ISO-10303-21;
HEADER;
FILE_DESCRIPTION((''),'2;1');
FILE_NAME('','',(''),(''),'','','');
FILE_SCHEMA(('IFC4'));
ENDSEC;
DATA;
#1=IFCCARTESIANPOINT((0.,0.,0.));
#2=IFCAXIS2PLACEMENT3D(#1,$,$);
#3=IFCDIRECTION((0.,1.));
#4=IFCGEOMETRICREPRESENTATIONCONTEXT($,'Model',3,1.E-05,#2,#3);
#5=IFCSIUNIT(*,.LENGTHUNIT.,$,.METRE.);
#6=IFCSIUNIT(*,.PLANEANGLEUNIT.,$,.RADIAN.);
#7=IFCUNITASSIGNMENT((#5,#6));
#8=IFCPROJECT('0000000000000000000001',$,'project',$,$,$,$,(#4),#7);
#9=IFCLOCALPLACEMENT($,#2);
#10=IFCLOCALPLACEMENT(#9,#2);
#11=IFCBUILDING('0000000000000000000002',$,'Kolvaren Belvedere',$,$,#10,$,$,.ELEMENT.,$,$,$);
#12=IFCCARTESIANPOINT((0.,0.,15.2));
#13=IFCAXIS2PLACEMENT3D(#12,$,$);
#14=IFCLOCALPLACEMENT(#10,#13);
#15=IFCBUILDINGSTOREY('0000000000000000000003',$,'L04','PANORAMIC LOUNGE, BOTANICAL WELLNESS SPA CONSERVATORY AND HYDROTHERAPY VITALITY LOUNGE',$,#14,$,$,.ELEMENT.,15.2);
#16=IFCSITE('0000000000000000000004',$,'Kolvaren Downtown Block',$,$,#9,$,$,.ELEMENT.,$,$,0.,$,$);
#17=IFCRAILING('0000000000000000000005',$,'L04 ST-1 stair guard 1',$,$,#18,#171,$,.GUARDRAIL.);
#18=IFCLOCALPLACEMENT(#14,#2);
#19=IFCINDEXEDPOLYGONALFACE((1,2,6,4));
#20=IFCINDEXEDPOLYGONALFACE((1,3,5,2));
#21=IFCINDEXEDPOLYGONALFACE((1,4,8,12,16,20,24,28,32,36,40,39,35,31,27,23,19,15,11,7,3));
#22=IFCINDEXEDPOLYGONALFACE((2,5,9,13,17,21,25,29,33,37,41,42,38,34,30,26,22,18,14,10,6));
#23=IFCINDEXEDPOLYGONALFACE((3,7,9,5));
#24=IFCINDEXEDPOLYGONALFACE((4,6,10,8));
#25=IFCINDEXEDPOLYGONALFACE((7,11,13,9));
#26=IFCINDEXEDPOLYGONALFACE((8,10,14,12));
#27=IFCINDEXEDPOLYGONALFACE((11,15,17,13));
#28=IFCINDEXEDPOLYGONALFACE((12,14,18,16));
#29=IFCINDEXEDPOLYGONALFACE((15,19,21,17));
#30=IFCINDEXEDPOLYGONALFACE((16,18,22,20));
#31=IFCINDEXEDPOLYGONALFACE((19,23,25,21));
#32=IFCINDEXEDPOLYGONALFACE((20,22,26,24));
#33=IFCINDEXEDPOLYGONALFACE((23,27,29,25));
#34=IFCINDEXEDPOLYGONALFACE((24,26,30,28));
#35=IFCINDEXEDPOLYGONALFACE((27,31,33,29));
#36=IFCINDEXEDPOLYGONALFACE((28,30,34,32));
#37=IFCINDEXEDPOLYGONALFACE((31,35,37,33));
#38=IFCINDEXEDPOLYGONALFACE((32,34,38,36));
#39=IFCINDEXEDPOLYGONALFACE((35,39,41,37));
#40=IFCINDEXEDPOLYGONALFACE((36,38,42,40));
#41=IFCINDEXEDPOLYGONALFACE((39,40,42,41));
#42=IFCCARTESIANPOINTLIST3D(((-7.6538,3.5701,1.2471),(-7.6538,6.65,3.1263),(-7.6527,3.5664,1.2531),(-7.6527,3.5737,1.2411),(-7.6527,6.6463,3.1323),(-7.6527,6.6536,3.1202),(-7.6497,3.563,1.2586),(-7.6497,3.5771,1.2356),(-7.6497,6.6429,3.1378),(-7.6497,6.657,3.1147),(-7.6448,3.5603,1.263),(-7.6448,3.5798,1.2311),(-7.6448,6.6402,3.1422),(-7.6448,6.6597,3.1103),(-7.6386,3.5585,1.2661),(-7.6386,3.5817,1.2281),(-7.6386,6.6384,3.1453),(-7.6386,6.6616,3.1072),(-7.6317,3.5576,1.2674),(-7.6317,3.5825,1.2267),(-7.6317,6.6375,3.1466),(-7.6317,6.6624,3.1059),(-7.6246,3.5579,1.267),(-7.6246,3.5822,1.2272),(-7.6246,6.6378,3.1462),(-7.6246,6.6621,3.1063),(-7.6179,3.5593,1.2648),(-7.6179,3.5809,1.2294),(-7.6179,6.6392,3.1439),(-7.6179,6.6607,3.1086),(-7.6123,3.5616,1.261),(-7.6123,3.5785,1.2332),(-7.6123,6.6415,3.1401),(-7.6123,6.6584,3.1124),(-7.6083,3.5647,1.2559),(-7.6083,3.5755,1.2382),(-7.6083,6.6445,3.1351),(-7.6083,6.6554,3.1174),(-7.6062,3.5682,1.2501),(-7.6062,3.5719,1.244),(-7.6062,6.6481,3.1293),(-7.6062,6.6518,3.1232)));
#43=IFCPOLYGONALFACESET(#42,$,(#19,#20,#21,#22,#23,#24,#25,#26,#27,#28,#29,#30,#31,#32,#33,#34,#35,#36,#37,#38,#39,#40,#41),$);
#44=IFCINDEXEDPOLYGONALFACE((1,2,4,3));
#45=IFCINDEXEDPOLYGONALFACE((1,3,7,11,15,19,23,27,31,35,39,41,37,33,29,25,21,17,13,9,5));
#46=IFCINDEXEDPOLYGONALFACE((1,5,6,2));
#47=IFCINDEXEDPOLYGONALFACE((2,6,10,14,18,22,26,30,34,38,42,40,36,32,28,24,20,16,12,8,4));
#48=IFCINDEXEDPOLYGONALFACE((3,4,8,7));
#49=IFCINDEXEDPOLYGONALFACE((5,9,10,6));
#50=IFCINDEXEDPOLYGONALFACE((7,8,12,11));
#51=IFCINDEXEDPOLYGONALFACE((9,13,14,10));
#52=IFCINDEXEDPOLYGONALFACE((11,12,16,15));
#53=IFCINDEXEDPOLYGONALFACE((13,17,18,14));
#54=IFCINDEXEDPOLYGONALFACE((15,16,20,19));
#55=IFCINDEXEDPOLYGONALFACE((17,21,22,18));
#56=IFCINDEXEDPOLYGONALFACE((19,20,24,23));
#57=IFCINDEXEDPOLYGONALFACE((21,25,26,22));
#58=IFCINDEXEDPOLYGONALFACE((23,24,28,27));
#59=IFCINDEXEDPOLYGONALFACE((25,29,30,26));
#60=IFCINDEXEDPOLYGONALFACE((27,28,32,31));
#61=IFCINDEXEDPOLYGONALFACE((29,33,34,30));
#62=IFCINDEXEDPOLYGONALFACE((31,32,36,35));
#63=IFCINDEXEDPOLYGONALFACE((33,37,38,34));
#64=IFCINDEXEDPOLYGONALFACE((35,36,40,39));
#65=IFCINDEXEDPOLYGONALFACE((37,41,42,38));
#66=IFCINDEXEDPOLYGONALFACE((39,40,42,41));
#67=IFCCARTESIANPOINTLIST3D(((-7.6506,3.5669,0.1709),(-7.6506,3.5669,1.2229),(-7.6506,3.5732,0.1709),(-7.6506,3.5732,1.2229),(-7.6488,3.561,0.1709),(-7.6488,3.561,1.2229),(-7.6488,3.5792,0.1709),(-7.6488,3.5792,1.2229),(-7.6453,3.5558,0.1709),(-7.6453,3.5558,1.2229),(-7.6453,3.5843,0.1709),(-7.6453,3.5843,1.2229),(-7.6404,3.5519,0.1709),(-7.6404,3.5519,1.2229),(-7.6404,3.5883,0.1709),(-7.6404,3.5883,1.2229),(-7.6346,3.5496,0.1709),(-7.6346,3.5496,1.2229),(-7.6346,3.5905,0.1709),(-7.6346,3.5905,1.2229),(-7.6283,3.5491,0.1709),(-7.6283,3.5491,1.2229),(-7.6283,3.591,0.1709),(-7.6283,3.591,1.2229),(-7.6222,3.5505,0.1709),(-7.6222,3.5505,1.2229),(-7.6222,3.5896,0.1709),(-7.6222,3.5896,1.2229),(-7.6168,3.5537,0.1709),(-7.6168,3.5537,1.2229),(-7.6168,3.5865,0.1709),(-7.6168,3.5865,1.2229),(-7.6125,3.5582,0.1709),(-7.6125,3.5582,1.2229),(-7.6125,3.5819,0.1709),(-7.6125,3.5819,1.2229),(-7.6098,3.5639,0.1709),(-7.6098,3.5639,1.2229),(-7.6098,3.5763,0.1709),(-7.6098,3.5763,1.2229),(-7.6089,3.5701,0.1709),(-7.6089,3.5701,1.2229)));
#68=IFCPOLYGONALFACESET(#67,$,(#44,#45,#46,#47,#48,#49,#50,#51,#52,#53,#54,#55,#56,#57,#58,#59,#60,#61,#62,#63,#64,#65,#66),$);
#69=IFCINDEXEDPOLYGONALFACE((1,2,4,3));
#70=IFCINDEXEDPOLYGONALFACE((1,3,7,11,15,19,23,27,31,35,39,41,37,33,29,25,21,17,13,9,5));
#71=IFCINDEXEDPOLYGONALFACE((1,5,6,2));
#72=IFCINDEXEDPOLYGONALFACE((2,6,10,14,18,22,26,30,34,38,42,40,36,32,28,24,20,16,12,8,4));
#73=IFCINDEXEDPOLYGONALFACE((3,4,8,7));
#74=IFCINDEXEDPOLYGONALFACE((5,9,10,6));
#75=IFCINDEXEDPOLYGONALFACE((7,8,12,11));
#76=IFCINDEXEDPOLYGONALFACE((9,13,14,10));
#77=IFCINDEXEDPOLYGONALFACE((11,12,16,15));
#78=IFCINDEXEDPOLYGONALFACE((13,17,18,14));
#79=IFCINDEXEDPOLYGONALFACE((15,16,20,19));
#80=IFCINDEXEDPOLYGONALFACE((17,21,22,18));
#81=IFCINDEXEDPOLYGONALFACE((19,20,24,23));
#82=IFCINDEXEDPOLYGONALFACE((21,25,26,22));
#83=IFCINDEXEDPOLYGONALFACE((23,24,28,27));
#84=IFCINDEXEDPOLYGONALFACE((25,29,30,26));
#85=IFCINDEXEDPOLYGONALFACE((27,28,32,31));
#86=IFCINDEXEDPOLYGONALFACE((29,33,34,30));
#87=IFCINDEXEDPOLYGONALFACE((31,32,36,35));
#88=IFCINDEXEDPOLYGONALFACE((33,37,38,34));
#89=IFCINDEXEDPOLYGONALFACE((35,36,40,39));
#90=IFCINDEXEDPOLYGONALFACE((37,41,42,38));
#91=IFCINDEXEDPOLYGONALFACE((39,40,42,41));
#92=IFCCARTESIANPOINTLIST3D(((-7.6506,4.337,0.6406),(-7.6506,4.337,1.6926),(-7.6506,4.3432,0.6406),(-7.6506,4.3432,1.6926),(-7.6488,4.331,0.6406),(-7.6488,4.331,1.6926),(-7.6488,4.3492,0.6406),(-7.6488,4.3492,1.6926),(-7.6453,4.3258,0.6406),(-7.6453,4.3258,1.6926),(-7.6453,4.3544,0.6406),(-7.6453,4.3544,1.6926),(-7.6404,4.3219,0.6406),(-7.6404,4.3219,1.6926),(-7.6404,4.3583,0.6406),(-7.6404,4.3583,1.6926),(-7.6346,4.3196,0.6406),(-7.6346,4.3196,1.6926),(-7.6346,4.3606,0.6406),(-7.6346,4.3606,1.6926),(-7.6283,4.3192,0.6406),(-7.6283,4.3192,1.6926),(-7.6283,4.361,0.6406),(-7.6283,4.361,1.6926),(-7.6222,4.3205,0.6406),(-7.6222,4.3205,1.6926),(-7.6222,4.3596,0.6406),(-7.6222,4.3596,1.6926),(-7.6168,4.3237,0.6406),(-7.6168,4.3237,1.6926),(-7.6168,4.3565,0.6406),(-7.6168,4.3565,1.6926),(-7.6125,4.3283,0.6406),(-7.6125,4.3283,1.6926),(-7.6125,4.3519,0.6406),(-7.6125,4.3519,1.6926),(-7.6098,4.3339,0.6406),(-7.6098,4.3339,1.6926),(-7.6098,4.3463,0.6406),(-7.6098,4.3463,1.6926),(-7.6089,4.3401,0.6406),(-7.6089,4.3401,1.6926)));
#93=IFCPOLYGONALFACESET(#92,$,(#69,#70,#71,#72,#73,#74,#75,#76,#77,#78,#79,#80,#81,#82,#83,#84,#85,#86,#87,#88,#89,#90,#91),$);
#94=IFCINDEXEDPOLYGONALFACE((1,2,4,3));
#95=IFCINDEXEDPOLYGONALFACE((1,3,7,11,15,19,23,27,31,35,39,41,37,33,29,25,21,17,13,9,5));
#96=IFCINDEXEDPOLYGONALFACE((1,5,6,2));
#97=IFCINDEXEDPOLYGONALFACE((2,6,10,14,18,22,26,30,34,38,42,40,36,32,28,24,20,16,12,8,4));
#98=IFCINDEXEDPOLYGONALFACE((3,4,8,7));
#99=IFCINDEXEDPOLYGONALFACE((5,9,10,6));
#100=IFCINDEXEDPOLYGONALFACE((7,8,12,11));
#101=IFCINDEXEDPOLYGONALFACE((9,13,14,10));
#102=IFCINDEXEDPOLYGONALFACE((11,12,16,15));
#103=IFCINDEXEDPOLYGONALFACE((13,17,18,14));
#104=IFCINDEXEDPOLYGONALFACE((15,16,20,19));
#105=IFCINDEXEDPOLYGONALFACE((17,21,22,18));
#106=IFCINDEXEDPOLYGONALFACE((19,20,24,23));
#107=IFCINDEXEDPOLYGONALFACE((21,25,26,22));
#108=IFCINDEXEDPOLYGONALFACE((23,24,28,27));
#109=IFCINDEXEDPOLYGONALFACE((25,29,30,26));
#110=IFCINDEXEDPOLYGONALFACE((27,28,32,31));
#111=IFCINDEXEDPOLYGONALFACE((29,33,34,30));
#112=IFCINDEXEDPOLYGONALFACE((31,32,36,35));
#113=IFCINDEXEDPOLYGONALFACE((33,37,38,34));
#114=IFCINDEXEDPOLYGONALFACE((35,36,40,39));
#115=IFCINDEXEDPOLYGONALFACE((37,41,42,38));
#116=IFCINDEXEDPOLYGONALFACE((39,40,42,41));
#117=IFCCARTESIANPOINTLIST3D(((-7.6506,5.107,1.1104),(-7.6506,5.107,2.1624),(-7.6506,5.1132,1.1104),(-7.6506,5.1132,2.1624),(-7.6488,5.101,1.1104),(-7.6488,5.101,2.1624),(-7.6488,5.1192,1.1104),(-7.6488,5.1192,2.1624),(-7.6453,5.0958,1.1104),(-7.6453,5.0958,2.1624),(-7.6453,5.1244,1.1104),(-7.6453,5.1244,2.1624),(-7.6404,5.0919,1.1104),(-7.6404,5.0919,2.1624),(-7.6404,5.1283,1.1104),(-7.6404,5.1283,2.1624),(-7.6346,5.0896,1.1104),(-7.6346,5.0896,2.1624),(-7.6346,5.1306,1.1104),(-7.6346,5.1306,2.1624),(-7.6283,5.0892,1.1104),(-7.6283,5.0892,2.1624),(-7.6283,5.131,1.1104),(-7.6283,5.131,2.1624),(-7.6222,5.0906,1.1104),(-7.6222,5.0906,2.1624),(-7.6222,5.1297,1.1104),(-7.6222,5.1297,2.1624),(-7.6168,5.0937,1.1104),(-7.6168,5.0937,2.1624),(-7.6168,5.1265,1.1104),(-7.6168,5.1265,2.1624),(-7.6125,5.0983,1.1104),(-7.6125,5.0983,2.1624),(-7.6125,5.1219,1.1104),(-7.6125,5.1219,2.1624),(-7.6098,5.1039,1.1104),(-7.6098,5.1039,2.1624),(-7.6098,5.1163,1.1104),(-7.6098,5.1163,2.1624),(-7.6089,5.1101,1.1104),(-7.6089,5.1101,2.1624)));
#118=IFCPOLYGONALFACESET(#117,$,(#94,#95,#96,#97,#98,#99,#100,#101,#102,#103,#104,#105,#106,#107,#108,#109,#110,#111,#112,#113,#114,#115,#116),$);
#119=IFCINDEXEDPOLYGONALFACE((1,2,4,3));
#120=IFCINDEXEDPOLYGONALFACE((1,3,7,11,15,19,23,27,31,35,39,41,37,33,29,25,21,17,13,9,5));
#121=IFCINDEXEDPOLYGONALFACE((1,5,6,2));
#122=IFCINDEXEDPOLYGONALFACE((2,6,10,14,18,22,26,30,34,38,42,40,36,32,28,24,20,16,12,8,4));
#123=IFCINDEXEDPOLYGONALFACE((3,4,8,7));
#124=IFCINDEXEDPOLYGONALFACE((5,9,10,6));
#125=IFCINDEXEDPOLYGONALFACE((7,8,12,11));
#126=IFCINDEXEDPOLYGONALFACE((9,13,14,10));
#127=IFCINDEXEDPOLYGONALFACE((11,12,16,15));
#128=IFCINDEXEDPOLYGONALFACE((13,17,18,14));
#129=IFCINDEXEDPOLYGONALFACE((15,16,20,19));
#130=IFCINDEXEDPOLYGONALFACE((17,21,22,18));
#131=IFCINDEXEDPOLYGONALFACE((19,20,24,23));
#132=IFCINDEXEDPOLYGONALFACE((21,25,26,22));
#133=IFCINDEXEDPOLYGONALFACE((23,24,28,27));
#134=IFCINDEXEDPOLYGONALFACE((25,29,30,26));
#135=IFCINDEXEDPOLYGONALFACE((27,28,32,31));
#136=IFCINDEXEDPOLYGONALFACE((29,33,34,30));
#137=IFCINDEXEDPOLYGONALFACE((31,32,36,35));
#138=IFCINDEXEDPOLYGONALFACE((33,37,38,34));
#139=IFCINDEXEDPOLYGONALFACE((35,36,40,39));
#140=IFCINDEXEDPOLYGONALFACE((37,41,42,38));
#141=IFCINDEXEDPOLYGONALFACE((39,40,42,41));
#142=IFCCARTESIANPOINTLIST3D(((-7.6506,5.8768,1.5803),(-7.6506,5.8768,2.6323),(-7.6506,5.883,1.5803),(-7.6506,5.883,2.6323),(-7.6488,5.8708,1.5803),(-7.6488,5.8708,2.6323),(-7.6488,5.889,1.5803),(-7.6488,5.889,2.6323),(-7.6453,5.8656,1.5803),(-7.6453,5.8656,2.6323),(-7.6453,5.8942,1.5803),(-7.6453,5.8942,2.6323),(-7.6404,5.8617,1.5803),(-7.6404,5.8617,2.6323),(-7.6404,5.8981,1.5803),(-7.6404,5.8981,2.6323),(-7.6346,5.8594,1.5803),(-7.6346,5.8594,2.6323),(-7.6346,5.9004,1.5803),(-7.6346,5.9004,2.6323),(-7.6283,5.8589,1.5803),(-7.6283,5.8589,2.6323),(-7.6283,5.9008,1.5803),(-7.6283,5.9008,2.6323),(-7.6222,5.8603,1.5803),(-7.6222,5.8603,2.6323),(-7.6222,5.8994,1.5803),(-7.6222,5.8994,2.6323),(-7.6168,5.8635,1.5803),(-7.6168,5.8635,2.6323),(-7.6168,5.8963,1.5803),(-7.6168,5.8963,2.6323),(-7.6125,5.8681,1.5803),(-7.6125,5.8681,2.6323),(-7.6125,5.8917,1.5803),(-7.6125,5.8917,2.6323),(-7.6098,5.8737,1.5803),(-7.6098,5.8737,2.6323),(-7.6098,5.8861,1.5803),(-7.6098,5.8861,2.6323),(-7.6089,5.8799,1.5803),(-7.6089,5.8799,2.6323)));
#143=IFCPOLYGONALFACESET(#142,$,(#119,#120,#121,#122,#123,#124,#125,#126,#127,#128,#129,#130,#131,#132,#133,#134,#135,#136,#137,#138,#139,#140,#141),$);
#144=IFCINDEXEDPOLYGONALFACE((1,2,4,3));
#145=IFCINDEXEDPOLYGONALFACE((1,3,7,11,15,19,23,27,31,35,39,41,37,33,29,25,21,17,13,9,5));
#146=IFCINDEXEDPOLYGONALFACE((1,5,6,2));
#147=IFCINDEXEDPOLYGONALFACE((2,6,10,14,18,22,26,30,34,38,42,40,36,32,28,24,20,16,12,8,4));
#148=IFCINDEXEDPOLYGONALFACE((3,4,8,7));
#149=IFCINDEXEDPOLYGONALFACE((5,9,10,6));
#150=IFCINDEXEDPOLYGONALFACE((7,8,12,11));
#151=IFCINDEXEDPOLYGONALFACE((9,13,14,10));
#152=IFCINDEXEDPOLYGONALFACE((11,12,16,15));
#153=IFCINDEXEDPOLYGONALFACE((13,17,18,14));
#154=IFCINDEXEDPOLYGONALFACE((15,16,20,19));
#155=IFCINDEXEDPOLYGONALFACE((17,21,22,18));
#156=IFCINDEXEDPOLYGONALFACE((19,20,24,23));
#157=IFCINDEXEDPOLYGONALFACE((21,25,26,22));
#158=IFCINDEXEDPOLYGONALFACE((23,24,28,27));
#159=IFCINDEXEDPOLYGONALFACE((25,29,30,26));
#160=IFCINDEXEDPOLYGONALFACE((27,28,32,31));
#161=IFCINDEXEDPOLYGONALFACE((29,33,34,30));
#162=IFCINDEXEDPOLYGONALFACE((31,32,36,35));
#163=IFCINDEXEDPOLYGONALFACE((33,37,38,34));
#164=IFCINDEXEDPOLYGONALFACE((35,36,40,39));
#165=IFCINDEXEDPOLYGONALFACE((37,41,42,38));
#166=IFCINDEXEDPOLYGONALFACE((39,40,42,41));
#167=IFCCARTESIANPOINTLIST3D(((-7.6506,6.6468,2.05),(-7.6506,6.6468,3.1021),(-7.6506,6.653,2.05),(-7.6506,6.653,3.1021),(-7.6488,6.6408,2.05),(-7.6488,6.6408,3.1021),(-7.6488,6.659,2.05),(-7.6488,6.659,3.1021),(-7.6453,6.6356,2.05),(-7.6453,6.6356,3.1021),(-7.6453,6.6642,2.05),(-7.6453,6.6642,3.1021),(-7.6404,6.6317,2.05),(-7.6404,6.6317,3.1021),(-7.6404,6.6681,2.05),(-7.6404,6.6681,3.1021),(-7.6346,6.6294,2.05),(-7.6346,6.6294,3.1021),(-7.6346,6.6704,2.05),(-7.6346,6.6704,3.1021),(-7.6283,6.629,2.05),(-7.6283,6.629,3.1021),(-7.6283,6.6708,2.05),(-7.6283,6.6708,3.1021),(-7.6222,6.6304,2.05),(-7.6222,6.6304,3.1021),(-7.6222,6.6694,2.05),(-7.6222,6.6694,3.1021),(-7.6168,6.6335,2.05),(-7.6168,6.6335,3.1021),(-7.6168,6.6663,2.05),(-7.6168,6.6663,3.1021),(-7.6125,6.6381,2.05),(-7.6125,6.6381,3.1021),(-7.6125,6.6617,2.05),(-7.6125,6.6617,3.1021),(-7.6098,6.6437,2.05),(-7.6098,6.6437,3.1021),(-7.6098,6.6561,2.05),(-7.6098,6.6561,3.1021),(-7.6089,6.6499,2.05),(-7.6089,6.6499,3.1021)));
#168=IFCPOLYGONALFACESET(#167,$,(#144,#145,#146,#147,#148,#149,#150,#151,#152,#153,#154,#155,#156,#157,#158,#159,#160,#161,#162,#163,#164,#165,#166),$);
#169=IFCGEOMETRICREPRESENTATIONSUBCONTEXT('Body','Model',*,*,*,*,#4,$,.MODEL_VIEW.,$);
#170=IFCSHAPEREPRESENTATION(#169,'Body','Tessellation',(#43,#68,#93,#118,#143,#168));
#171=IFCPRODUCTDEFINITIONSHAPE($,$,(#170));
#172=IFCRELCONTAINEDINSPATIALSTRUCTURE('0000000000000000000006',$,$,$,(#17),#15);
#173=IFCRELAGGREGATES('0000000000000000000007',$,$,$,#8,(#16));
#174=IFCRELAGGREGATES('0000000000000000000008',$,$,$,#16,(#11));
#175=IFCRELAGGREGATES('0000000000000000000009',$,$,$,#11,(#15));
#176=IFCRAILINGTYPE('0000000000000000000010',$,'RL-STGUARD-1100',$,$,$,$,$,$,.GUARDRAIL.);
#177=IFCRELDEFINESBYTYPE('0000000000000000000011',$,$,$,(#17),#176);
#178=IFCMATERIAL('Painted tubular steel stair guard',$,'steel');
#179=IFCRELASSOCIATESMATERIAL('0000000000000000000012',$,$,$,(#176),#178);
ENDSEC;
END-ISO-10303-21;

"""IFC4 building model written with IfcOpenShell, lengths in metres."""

from ifc_helpers import new_model, si_unit, direction, frame, origin, origin_2d, place, context, subcontext, project, spatial, circle, extrude, material, type_object, element, save


model = new_model("IFC4")

# Units and contexts
model_context = context("Model", 3, precision=1e-05, world=origin(), true_north=direction((0.0, 1.0)))
body_context = subcontext(model_context, "Body", "Model", "MODEL_VIEW")
ifc_project = project(units=[si_unit("LENGTHUNIT", "METRE"), si_unit("PLANEANGLEUNIT", "RADIAN")], contexts=[model_context])

# Site, building, storey
site_placement = place(None, origin())
site = spatial("IfcSite", under=ifc_project, at=site_placement, Name="Kolvaren Downtown Block", CompositionType="ELEMENT", RefElevation=0.0)
building_placement = place(site_placement, origin())
building = spatial("IfcBuilding", under=site, at=building_placement, Name="Kolvaren Belvedere", CompositionType="ELEMENT")
storey_placement = place(building_placement, frame((0.0, 0.0, 15.2)))
storey = spatial("IfcBuildingStorey", under=building, at=storey_placement, Name="L04", Description="PANORAMIC LOUNGE, BOTANICAL WELLNESS SPA CONSERVATORY AND HYDROTHERAPY VITALITY LOUNGE", CompositionType="ELEMENT", Elevation=15.2)

# Railing
ifc_material_1 = material(Name="Painted tubular steel stair guard", Category="steel")
railing_type_1 = type_object("IfcRailingType", Name="RL-STGUARD-1100", PredefinedType="GUARDRAIL", material=ifc_material_1)
railing_1_placement = place(storey_placement, frame((-7.6299, 3.5701, 0.1709)))
element("IfcRailing", 1, at=railing_1_placement, inside=storey, type_object=railing_type_1, Name="L04 ST-1 stair guard 1", PredefinedType="GUARDRAIL", context=body_context, shape_type="SweptSolid", body=[
    extrude(circle(Radius=0.0239, at=origin_2d()), frame((0.0, 0.0, 1.0762), z_axis=(0.0, 0.853648, 0.52085), x_axis=(-1.0, 0.0, 0.0)), (0.0, 0.0, 1.0), 3.6079),
    extrude(circle(Radius=0.021, at=origin_2d()), origin(), (0.0, 0.0, 1.0), 1.052),
    extrude(circle(Radius=0.021, at=origin_2d()), frame((0.0, 0.77, 0.4697)), (0.0, 0.0, 1.0), 1.052),
    extrude(circle(Radius=0.021, at=origin_2d()), frame((0.0, 1.54, 0.9395)), (0.0, 0.0, 1.0), 1.052),
    extrude(circle(Radius=0.021, at=origin_2d()), frame((0.0, 2.3098, 1.4094)), (0.0, 0.0, 1.0), 1.052),
    extrude(circle(Radius=0.021, at=origin_2d()), frame((0.0, 3.0798, 1.8792)), (0.0, 0.0, 1.0), 1.052),
])

save(model, "model.ifc")
